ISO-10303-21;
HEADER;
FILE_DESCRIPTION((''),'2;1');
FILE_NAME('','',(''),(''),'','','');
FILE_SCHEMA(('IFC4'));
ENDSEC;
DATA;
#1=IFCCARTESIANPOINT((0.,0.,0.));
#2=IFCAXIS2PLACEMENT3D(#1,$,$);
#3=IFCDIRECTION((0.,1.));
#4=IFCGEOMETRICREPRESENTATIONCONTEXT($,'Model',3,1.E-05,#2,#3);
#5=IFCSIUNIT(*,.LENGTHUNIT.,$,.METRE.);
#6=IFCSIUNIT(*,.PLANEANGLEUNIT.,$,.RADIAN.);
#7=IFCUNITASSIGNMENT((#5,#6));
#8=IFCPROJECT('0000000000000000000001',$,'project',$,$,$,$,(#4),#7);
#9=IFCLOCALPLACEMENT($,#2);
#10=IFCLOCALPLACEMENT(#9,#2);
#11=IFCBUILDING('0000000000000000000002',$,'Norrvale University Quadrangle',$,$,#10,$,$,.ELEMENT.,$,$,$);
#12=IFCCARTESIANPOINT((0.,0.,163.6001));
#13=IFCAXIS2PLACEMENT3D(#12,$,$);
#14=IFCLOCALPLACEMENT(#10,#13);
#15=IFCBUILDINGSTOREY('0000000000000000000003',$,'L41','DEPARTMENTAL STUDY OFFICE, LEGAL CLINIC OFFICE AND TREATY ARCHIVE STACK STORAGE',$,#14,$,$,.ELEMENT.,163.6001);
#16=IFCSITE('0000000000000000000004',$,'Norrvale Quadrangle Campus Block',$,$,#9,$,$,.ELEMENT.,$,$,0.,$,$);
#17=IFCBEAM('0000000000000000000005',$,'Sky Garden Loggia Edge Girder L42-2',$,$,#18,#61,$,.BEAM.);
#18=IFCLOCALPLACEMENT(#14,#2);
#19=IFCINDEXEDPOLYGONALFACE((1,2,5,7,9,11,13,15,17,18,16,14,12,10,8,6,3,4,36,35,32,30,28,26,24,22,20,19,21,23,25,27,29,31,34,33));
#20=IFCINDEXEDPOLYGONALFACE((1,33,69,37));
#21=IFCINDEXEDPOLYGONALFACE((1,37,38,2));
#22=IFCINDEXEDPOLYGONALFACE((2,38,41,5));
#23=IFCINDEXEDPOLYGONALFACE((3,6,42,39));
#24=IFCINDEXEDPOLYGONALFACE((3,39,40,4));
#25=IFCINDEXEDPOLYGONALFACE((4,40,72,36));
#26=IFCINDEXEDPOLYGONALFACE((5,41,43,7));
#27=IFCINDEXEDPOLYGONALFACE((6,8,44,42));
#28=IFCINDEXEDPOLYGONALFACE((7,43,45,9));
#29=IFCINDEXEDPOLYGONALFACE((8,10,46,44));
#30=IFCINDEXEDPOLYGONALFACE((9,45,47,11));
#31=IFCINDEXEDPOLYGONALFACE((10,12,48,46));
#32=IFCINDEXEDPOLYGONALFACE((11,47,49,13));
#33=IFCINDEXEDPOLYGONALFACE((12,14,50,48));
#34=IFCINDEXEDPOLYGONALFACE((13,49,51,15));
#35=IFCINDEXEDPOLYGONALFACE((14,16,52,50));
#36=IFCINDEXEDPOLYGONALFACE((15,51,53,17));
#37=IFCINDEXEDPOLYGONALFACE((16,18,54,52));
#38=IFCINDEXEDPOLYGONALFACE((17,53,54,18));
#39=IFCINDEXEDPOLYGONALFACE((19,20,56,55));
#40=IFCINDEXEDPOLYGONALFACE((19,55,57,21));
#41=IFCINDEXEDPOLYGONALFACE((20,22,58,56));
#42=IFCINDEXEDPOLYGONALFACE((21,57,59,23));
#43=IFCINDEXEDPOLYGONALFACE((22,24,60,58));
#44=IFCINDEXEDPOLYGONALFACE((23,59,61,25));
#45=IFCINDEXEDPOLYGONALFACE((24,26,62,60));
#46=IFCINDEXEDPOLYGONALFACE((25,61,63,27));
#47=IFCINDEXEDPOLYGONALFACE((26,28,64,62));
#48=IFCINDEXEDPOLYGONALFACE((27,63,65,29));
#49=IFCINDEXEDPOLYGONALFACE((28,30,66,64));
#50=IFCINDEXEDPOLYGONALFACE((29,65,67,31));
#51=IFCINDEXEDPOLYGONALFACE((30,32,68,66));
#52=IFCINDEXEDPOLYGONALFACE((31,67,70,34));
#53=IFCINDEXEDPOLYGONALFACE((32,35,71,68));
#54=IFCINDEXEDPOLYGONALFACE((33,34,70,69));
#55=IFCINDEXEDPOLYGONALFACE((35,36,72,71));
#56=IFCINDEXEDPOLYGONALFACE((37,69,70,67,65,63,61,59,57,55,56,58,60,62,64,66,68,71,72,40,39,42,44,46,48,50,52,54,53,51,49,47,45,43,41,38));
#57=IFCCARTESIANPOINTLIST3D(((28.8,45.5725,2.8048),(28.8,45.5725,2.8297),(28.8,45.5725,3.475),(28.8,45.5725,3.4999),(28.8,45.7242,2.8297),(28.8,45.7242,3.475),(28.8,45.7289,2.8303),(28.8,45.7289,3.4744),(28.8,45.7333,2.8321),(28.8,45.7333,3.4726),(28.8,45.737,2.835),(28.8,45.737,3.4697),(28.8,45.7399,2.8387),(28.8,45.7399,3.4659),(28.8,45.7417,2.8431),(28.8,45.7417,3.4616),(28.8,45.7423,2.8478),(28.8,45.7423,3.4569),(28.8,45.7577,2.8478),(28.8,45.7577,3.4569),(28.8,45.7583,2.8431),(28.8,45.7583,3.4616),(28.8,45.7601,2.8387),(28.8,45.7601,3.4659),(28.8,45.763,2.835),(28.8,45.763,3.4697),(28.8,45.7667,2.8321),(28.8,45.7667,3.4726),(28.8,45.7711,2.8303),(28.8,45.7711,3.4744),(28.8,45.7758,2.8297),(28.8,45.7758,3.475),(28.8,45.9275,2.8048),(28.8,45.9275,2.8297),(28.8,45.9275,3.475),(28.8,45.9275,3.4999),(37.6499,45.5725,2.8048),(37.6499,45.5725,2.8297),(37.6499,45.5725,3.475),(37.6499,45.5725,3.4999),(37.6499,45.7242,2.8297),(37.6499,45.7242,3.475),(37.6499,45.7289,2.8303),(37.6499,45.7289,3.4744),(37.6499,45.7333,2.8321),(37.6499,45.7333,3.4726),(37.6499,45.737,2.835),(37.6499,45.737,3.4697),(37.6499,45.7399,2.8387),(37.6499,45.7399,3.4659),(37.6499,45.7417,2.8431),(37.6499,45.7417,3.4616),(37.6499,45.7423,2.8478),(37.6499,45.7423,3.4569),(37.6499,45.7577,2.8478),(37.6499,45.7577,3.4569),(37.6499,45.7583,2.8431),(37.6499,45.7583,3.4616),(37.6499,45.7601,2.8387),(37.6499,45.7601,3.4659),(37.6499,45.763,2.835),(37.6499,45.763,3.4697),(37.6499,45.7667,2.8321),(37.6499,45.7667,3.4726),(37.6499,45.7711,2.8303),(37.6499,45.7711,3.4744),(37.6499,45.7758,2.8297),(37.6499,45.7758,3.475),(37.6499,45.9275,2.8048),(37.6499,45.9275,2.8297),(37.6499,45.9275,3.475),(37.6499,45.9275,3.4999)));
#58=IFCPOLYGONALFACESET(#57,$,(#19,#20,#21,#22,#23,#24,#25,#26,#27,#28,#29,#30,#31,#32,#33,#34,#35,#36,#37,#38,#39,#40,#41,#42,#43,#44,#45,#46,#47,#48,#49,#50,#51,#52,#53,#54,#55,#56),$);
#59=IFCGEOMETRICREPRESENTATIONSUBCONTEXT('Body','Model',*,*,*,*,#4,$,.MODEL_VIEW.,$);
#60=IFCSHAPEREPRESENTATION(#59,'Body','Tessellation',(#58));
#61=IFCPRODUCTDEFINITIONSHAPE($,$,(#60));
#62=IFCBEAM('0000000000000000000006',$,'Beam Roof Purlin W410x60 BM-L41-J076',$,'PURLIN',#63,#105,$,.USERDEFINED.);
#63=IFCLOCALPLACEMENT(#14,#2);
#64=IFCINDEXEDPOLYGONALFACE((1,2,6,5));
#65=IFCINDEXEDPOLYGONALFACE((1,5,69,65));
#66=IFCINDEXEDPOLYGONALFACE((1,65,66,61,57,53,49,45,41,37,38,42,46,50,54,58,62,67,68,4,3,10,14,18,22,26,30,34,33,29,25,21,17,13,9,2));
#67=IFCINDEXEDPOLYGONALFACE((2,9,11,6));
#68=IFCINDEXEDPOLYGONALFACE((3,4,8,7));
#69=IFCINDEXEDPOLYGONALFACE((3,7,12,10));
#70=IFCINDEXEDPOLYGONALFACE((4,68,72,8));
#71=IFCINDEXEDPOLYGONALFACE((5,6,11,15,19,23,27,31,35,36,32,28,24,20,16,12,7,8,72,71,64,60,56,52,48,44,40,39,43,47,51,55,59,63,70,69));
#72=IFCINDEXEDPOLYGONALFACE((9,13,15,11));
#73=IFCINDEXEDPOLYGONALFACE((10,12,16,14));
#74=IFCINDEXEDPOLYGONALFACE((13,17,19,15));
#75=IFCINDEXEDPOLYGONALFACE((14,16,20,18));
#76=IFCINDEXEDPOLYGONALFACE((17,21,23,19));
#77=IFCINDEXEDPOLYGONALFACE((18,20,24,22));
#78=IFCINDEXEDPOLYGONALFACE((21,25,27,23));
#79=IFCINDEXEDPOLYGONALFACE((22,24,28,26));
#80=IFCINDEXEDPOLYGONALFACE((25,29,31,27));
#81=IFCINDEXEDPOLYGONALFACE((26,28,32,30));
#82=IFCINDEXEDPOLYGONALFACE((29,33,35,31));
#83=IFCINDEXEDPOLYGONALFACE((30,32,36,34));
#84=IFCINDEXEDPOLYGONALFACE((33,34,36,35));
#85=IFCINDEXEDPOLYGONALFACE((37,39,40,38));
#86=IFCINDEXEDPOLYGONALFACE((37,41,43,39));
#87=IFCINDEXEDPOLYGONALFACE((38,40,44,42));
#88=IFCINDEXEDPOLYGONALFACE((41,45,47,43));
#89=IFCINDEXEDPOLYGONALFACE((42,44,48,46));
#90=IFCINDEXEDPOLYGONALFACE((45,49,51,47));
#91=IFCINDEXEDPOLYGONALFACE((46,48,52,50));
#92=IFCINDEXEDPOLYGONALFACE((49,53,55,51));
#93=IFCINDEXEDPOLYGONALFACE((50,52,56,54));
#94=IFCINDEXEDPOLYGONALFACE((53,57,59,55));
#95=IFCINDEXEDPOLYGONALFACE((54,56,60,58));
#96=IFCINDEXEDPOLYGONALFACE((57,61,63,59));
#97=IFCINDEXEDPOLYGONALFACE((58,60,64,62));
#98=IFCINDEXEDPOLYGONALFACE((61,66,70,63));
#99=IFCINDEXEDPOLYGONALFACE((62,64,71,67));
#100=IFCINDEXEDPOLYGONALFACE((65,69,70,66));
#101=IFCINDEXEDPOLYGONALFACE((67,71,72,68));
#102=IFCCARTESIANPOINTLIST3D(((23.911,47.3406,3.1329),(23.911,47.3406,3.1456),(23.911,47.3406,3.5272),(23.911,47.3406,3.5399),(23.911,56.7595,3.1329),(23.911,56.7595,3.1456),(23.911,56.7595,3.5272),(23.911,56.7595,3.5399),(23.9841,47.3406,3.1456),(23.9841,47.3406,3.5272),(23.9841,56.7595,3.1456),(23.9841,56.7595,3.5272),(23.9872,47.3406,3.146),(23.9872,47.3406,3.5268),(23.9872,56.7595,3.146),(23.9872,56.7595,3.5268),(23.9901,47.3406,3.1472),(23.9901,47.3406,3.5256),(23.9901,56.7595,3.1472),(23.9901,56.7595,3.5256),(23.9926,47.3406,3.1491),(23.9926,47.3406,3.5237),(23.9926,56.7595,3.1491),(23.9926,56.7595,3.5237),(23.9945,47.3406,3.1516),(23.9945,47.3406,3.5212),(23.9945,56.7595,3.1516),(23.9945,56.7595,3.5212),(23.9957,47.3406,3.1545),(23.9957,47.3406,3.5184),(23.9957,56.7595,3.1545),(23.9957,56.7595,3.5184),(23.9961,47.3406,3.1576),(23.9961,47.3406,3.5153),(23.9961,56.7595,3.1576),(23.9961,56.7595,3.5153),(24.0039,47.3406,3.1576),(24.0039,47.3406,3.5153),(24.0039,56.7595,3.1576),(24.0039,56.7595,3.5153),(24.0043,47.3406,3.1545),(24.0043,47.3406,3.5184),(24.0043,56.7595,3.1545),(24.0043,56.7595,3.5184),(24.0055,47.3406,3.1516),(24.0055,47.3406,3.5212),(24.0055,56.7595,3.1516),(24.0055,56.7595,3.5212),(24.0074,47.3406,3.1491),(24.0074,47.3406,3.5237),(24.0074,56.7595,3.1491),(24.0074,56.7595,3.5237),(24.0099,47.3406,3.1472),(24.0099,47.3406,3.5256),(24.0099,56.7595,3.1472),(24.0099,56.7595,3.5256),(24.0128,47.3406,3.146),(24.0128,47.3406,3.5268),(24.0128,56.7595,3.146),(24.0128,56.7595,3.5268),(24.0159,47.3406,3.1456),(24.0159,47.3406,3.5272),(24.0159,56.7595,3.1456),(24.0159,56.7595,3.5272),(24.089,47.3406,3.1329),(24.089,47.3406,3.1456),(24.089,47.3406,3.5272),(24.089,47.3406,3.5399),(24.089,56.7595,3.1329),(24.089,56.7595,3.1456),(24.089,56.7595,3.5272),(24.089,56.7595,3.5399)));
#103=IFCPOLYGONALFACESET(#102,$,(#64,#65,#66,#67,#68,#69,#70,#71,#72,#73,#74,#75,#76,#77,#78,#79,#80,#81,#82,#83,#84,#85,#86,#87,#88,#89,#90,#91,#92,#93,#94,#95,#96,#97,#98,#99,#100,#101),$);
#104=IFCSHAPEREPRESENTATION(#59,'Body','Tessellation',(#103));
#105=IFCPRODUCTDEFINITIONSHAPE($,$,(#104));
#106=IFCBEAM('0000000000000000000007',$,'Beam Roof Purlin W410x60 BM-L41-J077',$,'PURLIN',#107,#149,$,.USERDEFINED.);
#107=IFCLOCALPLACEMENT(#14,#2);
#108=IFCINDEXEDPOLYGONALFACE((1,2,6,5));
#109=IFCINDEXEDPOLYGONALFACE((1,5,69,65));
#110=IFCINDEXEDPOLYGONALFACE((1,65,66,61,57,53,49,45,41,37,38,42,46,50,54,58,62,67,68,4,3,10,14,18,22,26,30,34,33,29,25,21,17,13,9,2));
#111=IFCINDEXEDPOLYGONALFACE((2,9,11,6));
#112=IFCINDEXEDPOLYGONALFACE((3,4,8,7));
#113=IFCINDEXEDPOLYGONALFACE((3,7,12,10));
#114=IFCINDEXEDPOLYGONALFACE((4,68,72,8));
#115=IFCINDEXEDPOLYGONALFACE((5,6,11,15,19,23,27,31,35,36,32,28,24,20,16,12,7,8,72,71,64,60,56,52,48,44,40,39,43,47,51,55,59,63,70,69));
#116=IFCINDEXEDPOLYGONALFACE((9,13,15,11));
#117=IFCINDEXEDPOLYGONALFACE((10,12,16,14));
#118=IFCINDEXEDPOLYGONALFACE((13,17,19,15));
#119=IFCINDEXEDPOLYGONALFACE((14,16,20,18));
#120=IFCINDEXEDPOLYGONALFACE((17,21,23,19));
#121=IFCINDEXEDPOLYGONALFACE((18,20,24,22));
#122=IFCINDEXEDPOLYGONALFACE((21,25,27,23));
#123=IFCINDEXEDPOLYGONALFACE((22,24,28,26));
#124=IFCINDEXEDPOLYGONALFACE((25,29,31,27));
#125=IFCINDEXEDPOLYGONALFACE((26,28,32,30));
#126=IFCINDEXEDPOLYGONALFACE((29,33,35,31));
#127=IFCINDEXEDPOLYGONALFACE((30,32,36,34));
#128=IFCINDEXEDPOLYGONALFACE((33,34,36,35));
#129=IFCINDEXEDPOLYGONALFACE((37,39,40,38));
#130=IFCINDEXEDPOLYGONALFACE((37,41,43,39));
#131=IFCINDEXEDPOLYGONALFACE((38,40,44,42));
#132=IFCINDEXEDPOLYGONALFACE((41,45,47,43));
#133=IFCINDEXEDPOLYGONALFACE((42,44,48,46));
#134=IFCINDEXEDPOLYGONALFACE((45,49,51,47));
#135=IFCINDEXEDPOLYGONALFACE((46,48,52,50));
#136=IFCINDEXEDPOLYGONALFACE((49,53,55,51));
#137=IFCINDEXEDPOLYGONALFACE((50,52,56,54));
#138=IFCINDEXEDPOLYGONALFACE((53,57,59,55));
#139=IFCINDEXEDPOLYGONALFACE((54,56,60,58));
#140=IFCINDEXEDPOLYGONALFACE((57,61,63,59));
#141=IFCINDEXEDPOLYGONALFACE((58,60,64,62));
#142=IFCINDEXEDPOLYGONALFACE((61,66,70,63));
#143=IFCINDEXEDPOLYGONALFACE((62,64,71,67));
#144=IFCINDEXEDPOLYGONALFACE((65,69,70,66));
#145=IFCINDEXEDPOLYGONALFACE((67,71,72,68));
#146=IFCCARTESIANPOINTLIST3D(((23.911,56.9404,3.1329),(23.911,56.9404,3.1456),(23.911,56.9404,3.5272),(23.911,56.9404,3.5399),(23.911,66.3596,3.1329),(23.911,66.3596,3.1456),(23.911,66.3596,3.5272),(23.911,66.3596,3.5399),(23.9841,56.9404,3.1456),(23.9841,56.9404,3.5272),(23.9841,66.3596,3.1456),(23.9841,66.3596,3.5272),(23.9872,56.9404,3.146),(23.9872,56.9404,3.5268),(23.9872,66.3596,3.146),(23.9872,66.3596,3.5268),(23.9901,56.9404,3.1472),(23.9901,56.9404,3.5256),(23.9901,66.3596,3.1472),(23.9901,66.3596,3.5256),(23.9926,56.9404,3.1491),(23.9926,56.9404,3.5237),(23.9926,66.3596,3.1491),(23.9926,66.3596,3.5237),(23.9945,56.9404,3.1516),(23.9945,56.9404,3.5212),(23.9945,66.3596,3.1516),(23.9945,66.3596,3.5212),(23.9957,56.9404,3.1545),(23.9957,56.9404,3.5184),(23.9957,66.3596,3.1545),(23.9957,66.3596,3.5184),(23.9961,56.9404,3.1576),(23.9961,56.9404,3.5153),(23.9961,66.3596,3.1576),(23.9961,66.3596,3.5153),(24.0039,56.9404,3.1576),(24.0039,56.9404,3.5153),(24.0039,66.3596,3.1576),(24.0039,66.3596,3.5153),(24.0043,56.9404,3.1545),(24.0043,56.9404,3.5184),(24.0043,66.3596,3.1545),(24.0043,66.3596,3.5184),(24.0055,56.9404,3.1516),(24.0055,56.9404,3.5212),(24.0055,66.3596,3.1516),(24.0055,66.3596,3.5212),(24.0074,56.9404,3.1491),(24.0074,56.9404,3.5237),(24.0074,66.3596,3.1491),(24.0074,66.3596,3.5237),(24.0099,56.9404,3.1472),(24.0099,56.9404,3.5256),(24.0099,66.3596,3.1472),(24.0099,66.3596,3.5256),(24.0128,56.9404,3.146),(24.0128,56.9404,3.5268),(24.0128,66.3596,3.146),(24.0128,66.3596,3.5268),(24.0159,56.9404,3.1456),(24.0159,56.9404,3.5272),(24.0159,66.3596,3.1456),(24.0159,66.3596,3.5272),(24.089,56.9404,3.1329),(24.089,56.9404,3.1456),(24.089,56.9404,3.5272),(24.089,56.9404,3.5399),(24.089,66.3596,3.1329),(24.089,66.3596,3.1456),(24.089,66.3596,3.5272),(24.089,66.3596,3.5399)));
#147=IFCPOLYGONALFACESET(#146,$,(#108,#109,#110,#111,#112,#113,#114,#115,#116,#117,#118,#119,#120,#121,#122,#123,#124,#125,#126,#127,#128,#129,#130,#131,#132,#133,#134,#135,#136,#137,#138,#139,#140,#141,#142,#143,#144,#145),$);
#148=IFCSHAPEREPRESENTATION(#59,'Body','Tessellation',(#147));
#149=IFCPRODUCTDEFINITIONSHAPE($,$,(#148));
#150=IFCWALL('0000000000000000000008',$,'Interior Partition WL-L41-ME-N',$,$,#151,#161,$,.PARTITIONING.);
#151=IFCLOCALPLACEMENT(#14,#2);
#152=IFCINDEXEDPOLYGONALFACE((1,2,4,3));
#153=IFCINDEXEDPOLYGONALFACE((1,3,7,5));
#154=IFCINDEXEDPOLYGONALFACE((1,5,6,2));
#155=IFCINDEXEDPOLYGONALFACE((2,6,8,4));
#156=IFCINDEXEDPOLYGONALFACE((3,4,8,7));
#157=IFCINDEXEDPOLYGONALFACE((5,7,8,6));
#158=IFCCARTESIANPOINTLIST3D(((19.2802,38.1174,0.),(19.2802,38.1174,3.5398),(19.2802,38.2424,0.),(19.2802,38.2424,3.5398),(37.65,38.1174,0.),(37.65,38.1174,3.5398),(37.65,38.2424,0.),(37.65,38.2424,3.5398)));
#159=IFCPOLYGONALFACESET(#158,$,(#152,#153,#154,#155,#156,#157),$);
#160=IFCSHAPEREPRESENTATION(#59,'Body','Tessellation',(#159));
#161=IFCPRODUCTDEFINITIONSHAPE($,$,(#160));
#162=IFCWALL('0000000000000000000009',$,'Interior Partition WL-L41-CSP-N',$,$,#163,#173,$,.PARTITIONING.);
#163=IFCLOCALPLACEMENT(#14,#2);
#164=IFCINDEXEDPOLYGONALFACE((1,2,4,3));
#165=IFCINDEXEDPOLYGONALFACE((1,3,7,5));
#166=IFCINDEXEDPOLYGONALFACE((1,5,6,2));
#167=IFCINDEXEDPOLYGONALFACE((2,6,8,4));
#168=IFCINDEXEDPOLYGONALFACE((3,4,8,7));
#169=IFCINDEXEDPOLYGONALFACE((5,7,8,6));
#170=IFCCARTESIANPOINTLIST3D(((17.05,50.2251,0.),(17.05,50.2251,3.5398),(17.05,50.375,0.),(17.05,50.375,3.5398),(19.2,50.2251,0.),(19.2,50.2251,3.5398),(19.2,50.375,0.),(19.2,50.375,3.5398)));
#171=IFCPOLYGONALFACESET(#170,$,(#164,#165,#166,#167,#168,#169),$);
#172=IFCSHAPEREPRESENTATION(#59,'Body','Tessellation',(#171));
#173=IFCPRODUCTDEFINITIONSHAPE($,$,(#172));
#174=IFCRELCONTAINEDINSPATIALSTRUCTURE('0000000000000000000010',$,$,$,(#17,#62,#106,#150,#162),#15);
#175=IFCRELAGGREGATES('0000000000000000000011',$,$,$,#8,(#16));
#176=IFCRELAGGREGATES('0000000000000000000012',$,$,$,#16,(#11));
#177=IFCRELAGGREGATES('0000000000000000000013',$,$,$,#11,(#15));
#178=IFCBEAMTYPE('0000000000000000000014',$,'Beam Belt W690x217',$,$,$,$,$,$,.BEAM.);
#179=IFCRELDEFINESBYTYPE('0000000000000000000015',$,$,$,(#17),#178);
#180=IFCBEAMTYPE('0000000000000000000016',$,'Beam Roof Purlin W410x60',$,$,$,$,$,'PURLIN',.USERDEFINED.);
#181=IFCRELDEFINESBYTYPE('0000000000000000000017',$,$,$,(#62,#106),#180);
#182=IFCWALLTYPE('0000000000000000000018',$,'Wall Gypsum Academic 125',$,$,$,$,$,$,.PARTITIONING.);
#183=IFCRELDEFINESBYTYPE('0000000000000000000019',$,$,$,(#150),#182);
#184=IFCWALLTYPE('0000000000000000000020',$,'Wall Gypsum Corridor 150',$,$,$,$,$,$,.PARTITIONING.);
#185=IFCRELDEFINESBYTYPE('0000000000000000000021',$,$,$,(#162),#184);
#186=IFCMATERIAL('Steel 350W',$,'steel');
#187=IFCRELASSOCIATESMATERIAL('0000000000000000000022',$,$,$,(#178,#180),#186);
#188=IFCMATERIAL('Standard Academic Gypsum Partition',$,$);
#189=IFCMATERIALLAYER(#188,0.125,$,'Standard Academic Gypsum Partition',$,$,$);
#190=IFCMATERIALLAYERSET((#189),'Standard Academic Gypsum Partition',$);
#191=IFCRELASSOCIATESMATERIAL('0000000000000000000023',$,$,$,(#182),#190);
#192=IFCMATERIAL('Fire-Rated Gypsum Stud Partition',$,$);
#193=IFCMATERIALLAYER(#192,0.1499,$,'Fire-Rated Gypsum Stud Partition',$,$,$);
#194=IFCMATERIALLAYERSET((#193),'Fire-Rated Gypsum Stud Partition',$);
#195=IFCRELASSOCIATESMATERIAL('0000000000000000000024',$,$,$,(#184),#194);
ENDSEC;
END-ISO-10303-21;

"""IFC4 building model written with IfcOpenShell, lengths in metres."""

from ifc_helpers import new_model, si_unit, direction, frame, frame_2d, origin, origin_2d, place, context, subcontext, project, spatial, rectangle, i_section, extrude, material, layer, layer_set, material_profile, profile_set, type_object, element, save


model = new_model("IFC4")

# Units and contexts
model_context = context("Model", 3, precision=1e-05, world=origin(), true_north=direction((0.0, 1.0)))
body_context = subcontext(model_context, "Body", "Model", "MODEL_VIEW")
ifc_project = project(units=[si_unit("LENGTHUNIT", "METRE"), si_unit("PLANEANGLEUNIT", "RADIAN")], contexts=[model_context])

# Site, building, storey
site_placement = place(None, origin())
site = spatial("IfcSite", under=ifc_project, at=site_placement, Name="Norrvale Quadrangle Campus Block", CompositionType="ELEMENT", RefElevation=0.0)
building_placement = place(site_placement, origin())
building = spatial("IfcBuilding", under=site, at=building_placement, Name="Norrvale University Quadrangle", CompositionType="ELEMENT")
storey_placement = place(building_placement, frame((0.0, 0.0, 163.6001)))
storey = spatial("IfcBuildingStorey", under=building, at=storey_placement, Name="L41", Description="DEPARTMENTAL STUDY OFFICE, LEGAL CLINIC OFFICE AND TREATY ARCHIVE STACK STORAGE", CompositionType="ELEMENT", Elevation=163.6001)

# Beams
ifc_material_1 = material(Name="Steel 350W", Category="steel")
ifc_material_profile_1 = material_profile(ifc_material_1, i_section(OverallWidth=0.355, OverallDepth=0.6951, WebThickness=0.0154, FlangeThickness=0.0249, FilletRadius=0.0181, at=origin_2d()), Name="Steel 350W")
ifc_profile_set_1 = profile_set([ifc_material_profile_1], Name="Steel 350W")
beam_type_1 = type_object("IfcBeamType", Name="Beam Belt W690x217", PredefinedType="BEAM", material=ifc_profile_set_1)
for number, where, z_axis, x_axis, name in (
    (1, (28.8, 45.75, 3.1523), (1.0, 0.0, 0.0), (0.0, 1.0, 0.0), "Sky Garden Loggia Edge Girder L42-2"),
):
    element("IfcBeam", number, at=place(storey_placement, frame(where, z_axis=z_axis, x_axis=x_axis)), inside=storey, type_object=beam_type_1, Name=name, PredefinedType="BEAM", context=body_context, shape_type="SweptSolid", body=[
        extrude(i_section(OverallWidth=0.355, OverallDepth=0.6951, WebThickness=0.0154, FlangeThickness=0.0249, FilletRadius=0.0181, at=origin_2d()), origin(), (0.0, 0.0, 1.0), 8.8499),
    ])
ifc_material_profile_2 = material_profile(ifc_material_1, i_section(OverallWidth=0.178, OverallDepth=0.407, WebThickness=0.0078, FlangeThickness=0.0127, FilletRadius=0.012, at=origin_2d()), Name="Steel 350W")
ifc_profile_set_2 = profile_set([ifc_material_profile_2], Name="Steel 350W")
beam_type_2 = type_object("IfcBeamType", Name="Beam Roof Purlin W410x60", ElementType="PURLIN", PredefinedType="USERDEFINED", material=ifc_profile_set_2)
beam_1_placement = place(storey_placement, frame((24.0, 47.3406, 3.3364), z_axis=(0.0, 1.0, 0.0), x_axis=(-1.0, 0.0, 0.0)))
element("IfcBeam", 2, at=beam_1_placement, inside=storey, type_object=beam_type_2, Name="Beam Roof Purlin W410x60 BM-L41-J076", ObjectType="PURLIN", PredefinedType="USERDEFINED", context=body_context, shape_type="SweptSolid", body=[
    extrude(i_section(OverallWidth=0.178, OverallDepth=0.407, WebThickness=0.0078, FlangeThickness=0.0127, FilletRadius=0.012, at=origin_2d()), origin(), (0.0, 0.0, 1.0), 9.4189),
])
beam_2_placement = place(storey_placement, frame((24.0, 56.9404, 3.3364), z_axis=(0.0, 1.0, 0.0), x_axis=(-1.0, 0.0, 0.0)))
element("IfcBeam", 3, at=beam_2_placement, inside=storey, type_object=beam_type_2, Name="Beam Roof Purlin W410x60 BM-L41-J077", ObjectType="PURLIN", PredefinedType="USERDEFINED", context=body_context, shape_type="SweptSolid", body=[
    extrude(i_section(OverallWidth=0.178, OverallDepth=0.407, WebThickness=0.0078, FlangeThickness=0.0127, FilletRadius=0.012, at=origin_2d()), origin(), (0.0, 0.0, 1.0), 9.4192),
])

# Walls
ifc_material_2 = material(Name="Standard Academic Gypsum Partition")
ifc_layer_1 = layer(ifc_material_2, 0.125, Name="Standard Academic Gypsum Partition")
ifc_layer_set_1 = layer_set([ifc_layer_1], Name="Standard Academic Gypsum Partition")
wall_type_1 = type_object("IfcWallType", Name="Wall Gypsum Academic 125", PredefinedType="PARTITIONING", material=ifc_layer_set_1)
wall_1_placement = place(storey_placement, frame((19.28, 38.1799, 0.0), z_axis=(0.0, 0.0, 1.0), x_axis=(1.0, 0.0, 0.0)))
element("IfcWall", 4, at=wall_1_placement, inside=storey, type_object=wall_type_1, Name="Interior Partition WL-L41-ME-N", PredefinedType="PARTITIONING", context=body_context, shape_type="SweptSolid", body=[
    extrude(rectangle(XDim=18.3699, YDim=0.125, at=frame_2d((9.1851, 0.0))), origin(), (0.0, 0.0, 1.0), 3.5398),
])
ifc_material_3 = material(Name="Fire-Rated Gypsum Stud Partition")
ifc_layer_2 = layer(ifc_material_3, 0.1499, Name="Fire-Rated Gypsum Stud Partition")
ifc_layer_set_2 = layer_set([ifc_layer_2], Name="Fire-Rated Gypsum Stud Partition")
wall_type_2 = type_object("IfcWallType", Name="Wall Gypsum Corridor 150", PredefinedType="PARTITIONING", material=ifc_layer_set_2)
wall_2_placement = place(storey_placement, frame((17.05, 50.3, 0.0), z_axis=(0.0, 0.0, 1.0), x_axis=(1.0, 0.0, 0.0)))
element("IfcWall", 5, at=wall_2_placement, inside=storey, type_object=wall_type_2, Name="Interior Partition WL-L41-CSP-N", PredefinedType="PARTITIONING", context=body_context, shape_type="SweptSolid", body=[
    extrude(rectangle(XDim=2.1499, YDim=0.1499, at=frame_2d((1.075, 0.0))), origin(), (0.0, 0.0, 1.0), 3.5398),
])

save(model, "model.ifc")
